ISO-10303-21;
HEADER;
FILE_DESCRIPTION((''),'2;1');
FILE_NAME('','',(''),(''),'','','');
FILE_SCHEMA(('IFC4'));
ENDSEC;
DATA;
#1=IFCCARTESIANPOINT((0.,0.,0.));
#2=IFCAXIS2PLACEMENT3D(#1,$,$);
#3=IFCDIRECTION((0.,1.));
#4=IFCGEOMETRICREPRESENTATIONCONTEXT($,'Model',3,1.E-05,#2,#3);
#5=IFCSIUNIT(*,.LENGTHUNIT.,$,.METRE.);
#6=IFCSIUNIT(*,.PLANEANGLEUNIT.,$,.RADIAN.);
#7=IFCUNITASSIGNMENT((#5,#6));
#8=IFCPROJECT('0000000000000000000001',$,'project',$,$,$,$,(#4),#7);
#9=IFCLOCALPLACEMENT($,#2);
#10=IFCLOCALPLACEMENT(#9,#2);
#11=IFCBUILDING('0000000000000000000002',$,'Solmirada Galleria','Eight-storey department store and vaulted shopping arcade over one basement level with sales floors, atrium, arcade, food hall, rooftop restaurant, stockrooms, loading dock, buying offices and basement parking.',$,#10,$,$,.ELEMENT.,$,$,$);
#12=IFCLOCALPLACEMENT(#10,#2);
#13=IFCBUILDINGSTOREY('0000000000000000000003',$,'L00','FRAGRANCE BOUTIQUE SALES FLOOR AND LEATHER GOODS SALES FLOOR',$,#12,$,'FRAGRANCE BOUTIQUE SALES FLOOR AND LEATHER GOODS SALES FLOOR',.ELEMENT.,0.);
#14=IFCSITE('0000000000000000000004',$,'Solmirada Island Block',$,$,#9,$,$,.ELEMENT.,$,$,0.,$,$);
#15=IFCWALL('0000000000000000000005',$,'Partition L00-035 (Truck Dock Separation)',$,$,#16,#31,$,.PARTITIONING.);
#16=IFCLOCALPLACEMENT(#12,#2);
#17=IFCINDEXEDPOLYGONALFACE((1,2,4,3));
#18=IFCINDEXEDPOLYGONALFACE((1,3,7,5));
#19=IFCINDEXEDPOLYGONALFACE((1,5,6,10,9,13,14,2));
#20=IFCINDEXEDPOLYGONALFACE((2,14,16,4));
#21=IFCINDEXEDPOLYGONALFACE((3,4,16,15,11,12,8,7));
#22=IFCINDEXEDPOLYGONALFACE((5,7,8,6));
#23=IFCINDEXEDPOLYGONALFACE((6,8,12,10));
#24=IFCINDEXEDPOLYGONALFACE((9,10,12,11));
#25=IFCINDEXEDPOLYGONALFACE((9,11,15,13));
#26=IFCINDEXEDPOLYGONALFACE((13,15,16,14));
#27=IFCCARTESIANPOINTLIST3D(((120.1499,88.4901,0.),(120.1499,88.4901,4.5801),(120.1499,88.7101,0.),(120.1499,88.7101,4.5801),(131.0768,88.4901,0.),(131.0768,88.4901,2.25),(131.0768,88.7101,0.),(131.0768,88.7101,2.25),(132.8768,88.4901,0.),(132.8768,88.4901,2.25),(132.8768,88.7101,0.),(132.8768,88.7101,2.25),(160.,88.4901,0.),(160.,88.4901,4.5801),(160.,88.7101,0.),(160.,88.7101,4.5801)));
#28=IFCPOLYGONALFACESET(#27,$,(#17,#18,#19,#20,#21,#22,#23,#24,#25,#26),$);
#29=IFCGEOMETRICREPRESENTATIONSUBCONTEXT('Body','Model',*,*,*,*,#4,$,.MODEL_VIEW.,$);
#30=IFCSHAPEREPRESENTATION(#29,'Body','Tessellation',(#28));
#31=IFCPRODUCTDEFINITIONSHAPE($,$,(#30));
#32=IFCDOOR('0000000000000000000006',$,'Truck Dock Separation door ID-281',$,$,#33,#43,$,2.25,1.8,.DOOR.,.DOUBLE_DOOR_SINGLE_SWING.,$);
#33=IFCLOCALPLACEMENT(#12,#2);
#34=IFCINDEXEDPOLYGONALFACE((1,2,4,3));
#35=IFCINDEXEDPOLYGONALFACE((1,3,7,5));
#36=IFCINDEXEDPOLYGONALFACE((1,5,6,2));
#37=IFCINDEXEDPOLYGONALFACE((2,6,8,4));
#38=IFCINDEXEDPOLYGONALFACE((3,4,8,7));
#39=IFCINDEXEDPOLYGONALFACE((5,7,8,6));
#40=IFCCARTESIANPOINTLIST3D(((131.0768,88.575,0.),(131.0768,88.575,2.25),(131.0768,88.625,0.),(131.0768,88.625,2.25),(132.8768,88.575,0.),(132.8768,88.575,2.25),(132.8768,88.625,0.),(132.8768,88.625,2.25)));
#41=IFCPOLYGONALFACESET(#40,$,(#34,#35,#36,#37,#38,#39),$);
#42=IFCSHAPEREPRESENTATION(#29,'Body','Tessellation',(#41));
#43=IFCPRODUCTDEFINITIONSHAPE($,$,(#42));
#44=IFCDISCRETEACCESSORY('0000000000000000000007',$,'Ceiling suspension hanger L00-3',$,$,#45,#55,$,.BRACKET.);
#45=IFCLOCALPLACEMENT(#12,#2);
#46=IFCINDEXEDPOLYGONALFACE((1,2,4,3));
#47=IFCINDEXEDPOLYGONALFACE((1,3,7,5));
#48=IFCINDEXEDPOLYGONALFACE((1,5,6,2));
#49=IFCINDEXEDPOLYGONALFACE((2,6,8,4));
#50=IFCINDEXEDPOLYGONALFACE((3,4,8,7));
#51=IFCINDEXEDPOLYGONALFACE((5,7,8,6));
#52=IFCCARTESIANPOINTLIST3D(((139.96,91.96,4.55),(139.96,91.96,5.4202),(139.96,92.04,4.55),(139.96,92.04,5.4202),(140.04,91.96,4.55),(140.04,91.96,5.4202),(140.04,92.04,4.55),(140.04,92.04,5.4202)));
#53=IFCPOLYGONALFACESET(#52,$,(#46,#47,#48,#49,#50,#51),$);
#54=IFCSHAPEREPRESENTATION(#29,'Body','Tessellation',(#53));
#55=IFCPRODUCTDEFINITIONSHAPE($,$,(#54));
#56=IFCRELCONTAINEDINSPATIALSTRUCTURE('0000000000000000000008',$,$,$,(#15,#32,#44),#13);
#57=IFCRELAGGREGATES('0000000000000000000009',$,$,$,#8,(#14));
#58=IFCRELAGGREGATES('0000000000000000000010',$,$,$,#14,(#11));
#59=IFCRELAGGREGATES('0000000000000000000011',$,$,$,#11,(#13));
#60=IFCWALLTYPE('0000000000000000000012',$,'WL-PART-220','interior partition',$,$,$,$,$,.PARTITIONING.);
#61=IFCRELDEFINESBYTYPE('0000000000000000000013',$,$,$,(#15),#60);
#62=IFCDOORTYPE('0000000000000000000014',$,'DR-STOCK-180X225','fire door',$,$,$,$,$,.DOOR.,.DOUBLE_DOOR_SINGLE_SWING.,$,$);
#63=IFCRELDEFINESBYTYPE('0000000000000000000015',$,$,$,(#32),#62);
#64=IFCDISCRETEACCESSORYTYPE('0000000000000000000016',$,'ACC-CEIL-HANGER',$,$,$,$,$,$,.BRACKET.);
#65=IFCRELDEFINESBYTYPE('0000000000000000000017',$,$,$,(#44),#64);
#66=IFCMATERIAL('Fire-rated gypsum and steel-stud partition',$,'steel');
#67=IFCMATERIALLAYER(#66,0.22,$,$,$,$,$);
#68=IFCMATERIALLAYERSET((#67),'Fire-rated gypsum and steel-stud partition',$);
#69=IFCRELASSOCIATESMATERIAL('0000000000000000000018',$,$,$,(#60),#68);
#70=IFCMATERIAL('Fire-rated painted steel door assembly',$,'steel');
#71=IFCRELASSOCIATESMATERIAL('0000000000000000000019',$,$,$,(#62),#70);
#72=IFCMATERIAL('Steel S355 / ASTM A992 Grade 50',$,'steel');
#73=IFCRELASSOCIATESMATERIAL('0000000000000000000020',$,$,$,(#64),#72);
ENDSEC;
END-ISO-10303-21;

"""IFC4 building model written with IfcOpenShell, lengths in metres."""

from ifc_helpers import new_model, si_unit, direction, frame, frame_2d, origin, origin_2d, place, context, subcontext, project, spatial, rectangle, extrude, material, layer, layer_set, type_object, element, fill, save


model = new_model("IFC4")

# Units and contexts
model_context = context("Model", 3, precision=1e-05, world=origin(), true_north=direction((0.0, 1.0)))
body_context = subcontext(model_context, "Body", "Model", "MODEL_VIEW")
ifc_project = project(units=[si_unit("LENGTHUNIT", "METRE"), si_unit("PLANEANGLEUNIT", "RADIAN")], contexts=[model_context])

# Site, building, storey
site_placement = place(None, origin())
site = spatial("IfcSite", under=ifc_project, at=site_placement, Name="Solmirada Island Block", CompositionType="ELEMENT", RefElevation=0.0)
building_placement = place(site_placement, origin())
building = spatial("IfcBuilding", under=site, at=building_placement, Name="Solmirada Galleria", Description="Eight-storey department store and vaulted shopping arcade over one basement level with sales floors, atrium, arcade, food hall, rooftop restaurant, stockrooms, loading dock, buying offices and basement parking.", CompositionType="ELEMENT")
storey_placement = place(building_placement, origin())
storey = spatial("IfcBuildingStorey", under=building, at=storey_placement, Name="L00", Description="FRAGRANCE BOUTIQUE SALES FLOOR AND LEATHER GOODS SALES FLOOR", LongName="FRAGRANCE BOUTIQUE SALES FLOOR AND LEATHER GOODS SALES FLOOR", CompositionType="ELEMENT", Elevation=0.0)

# Shared definitions
ifc_material_1 = material(Name="Steel S355 / ASTM A992 Grade 50", Category="steel")

# Wall, opening, door
ifc_material_2 = material(Name="Fire-rated gypsum and steel-stud partition", Category="steel")
ifc_layer = layer(ifc_material_2, 0.22)
ifc_layer_set = layer_set([ifc_layer], Name="Fire-rated gypsum and steel-stud partition")
wall_type = type_object("IfcWallType", Name="WL-PART-220", Description="interior partition", PredefinedType="PARTITIONING", material=ifc_layer_set)
wall_placement = place(storey_placement, frame((120.1499, 88.6001, 0.0), z_axis=(0.0, 0.0, 1.0), x_axis=(1.0, 0.0, 0.0)))
wall = element("IfcWall", 1, at=wall_placement, inside=storey, type_object=wall_type, Name="Partition L00-035 (Truck Dock Separation)", PredefinedType="PARTITIONING", context=body_context, shape_type="SweptSolid", body=[
    extrude(rectangle(XDim=39.8501, YDim=0.22, at=frame_2d((19.925, 0.0))), origin(), (0.0, 0.0, 1.0), 4.5801),
])
opening_placement = place(wall_placement, frame((10.927, 0.0, 0.0)))
opening = element("IfcOpeningElement", 2, at=opening_placement, cuts=wall, PredefinedType="OPENING", context=body_context, shape_type="SweptSolid", body=[
    extrude(rectangle(XDim=1.8, YDim=2.25, at=frame_2d((0.8999, 1.125))), frame((0.0, 0.1199, 0.0), z_axis=(0.0, -1.0, 0.0), x_axis=(1.0, 0.0, 0.0)), (0.0, 0.0, 1.0), 0.24),
])
ifc_material_3 = material(Name="Fire-rated painted steel door assembly", Category="steel")
door_type = type_object("IfcDoorType", Name="DR-STOCK-180X225", Description="fire door", OperationType="DOUBLE_DOOR_SINGLE_SWING", PredefinedType="DOOR", material=ifc_material_3)
door_placement = place(opening_placement, origin())
door = element("IfcDoor", 3, at=door_placement, inside=storey, type_object=door_type, Name="Truck Dock Separation door ID-281", OperationType="DOUBLE_DOOR_SINGLE_SWING", OverallHeight=2.25, OverallWidth=1.8, PredefinedType="DOOR", context=body_context, shape_type="SweptSolid", body=[
    extrude(rectangle(XDim=1.8, YDim=2.25, at=frame_2d((0.8999, 1.125))), frame((0.0, 0.0249, 0.0), z_axis=(0.0, -1.0, 0.0), x_axis=(1.0, 0.0, 0.0)), (0.0, 0.0, 1.0), 0.05),
])
fill(opening, door)

# Discrete accessory
discrete_accessory_type = type_object("IfcDiscreteAccessoryType", Name="ACC-CEIL-HANGER", PredefinedType="BRACKET", material=ifc_material_1)
discrete_accessory_placement = place(storey_placement, frame((140.0, 92.0, 4.55), z_axis=(0.0, 0.0, 1.0), x_axis=(1.0, 0.0, 0.0)))
element("IfcDiscreteAccessory", 4, at=discrete_accessory_placement, inside=storey, type_object=discrete_accessory_type, Name="Ceiling suspension hanger L00-3", PredefinedType="BRACKET", context=body_context, shape_type="SweptSolid", body=[
    extrude(rectangle(XDim=0.0801, YDim=0.0801, at=origin_2d()), origin(), (0.0, 0.0, 1.0), 0.8701),
])

save(model, "model.ifc")
